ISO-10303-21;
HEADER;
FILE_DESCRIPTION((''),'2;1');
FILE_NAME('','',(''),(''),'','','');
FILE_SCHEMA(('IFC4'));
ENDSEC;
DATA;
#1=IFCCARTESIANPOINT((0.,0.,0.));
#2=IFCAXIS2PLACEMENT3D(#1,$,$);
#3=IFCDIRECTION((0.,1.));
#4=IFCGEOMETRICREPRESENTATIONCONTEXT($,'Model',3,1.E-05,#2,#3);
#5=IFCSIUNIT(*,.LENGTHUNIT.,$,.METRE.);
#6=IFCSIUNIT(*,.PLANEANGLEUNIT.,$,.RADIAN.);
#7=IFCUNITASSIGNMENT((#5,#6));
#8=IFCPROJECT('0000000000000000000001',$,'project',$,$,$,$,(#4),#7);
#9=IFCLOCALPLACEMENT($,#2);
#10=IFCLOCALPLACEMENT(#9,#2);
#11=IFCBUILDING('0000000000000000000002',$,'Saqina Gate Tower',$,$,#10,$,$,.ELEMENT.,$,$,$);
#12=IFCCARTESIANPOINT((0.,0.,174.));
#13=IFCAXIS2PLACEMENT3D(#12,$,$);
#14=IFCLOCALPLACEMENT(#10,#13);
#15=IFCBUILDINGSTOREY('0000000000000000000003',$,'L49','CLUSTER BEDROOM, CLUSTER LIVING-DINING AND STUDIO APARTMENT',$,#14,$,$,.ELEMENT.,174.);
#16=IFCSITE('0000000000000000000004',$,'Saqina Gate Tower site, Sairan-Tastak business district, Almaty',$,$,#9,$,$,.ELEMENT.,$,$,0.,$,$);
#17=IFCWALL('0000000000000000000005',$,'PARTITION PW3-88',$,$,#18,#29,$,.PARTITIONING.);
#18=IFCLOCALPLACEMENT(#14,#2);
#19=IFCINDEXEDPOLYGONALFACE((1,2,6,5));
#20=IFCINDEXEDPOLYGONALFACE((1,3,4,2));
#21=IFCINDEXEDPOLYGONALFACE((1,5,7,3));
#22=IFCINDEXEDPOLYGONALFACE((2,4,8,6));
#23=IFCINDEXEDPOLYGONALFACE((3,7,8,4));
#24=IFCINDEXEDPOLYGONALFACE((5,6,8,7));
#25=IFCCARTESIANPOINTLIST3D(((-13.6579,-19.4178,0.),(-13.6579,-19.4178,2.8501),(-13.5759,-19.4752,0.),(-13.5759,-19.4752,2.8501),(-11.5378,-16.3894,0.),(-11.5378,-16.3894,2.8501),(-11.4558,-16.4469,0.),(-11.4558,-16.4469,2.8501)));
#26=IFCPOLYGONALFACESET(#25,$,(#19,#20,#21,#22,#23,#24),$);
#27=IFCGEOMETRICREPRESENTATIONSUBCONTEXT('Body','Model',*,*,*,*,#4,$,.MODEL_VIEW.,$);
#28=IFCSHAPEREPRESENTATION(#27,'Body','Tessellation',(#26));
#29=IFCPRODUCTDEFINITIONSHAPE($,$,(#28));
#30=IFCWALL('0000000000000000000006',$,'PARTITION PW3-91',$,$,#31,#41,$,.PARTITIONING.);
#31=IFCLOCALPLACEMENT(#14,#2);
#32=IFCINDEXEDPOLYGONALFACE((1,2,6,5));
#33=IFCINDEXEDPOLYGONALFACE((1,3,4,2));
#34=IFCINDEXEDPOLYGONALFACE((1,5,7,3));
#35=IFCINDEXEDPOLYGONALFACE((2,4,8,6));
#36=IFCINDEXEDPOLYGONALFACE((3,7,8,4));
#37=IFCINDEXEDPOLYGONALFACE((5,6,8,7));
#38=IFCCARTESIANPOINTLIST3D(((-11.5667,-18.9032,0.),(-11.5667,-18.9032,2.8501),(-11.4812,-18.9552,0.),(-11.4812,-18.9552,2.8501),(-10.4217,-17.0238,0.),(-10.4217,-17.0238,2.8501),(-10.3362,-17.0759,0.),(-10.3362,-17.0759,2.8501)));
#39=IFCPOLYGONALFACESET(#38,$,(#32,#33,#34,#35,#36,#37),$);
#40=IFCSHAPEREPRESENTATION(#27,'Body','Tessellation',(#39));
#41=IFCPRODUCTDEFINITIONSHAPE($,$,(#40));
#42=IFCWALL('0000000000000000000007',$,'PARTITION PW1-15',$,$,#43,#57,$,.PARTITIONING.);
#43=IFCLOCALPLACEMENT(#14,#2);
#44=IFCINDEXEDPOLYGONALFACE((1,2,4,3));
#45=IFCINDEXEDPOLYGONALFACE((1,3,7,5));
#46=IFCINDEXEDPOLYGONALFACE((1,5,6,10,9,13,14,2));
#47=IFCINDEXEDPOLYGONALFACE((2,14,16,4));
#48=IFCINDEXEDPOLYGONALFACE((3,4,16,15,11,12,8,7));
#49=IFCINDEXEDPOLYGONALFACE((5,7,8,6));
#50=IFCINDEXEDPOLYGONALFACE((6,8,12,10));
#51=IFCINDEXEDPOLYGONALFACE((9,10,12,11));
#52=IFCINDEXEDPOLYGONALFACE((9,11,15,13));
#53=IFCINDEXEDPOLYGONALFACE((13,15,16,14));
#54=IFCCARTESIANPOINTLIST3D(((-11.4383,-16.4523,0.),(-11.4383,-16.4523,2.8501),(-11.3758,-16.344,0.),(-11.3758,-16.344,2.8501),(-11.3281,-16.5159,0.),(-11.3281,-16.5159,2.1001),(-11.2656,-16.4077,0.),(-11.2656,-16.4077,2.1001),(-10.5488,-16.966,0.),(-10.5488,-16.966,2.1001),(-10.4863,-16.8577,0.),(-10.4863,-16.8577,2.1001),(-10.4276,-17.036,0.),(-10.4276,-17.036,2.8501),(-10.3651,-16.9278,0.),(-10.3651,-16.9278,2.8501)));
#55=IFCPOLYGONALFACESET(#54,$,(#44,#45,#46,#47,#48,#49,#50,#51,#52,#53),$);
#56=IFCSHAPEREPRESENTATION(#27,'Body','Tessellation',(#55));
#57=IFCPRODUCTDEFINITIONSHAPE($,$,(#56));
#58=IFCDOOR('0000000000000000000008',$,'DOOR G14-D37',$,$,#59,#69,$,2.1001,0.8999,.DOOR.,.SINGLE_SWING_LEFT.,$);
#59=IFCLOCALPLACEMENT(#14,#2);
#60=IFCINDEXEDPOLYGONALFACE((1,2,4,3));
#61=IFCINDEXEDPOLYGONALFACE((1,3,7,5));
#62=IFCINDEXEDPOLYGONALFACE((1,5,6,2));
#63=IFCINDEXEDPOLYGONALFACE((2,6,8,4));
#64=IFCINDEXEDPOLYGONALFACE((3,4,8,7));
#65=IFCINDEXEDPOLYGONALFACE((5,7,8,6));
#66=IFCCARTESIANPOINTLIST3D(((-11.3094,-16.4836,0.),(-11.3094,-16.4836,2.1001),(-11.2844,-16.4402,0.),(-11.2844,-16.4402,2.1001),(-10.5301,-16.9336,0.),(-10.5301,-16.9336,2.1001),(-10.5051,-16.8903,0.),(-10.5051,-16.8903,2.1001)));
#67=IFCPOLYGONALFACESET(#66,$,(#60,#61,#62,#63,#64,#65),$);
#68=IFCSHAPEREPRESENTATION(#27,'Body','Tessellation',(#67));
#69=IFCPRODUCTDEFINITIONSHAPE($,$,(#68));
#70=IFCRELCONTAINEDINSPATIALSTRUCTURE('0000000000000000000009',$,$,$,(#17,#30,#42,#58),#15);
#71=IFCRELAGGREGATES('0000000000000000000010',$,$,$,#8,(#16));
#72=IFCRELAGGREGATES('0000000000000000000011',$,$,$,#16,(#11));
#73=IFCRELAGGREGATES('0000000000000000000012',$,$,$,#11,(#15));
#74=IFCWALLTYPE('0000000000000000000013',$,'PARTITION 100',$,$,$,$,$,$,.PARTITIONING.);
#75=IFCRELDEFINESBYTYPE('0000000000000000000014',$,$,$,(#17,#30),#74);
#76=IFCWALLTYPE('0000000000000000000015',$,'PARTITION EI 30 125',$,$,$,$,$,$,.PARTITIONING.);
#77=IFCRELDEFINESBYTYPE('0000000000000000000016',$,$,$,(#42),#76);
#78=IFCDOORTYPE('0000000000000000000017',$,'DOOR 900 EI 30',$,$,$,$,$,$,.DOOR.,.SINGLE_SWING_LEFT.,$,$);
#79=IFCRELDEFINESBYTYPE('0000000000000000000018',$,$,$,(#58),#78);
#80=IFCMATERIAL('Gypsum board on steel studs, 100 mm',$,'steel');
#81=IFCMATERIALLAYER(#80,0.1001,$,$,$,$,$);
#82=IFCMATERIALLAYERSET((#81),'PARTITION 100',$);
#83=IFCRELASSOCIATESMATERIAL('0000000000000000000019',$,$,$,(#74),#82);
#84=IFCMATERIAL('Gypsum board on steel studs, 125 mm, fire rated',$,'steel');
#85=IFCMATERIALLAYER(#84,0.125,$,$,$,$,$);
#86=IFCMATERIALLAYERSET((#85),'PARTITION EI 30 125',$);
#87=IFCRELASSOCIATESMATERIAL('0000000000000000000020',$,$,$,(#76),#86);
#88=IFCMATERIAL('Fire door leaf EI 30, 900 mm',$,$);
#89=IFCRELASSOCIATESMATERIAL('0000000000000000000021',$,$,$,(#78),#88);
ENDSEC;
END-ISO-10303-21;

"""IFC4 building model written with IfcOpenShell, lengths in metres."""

from ifc_helpers import new_model, si_unit, direction, frame, frame_2d, origin, place, context, subcontext, project, spatial, rectangle, extrude, material, layer, layer_set, type_object, element, fill, save


model = new_model("IFC4")

# Units and contexts
model_context = context("Model", 3, precision=1e-05, world=origin(), true_north=direction((0.0, 1.0)))
body_context = subcontext(model_context, "Body", "Model", "MODEL_VIEW")
ifc_project = project(units=[si_unit("LENGTHUNIT", "METRE"), si_unit("PLANEANGLEUNIT", "RADIAN")], contexts=[model_context])

# Site, building, storey
site_placement = place(None, origin())
site = spatial("IfcSite", under=ifc_project, at=site_placement, Name="Saqina Gate Tower site, Sairan-Tastak business district, Almaty", CompositionType="ELEMENT", RefElevation=0.0)
building_placement = place(site_placement, origin())
building = spatial("IfcBuilding", under=site, at=building_placement, Name="Saqina Gate Tower", CompositionType="ELEMENT")
storey_placement = place(building_placement, frame((0.0, 0.0, 174.0)))
storey = spatial("IfcBuildingStorey", under=building, at=storey_placement, Name="L49", Description="CLUSTER BEDROOM, CLUSTER LIVING-DINING AND STUDIO APARTMENT", CompositionType="ELEMENT", Elevation=174.0)

# Shared definitions
ifc_material_1 = material(Name="Gypsum board on steel studs, 100 mm", Category="steel")
ifc_layer_1 = layer(ifc_material_1, 0.1001)
ifc_layer_set_1 = layer_set([ifc_layer_1], Name="PARTITION 100")
wall_type_1 = type_object("IfcWallType", Name="PARTITION 100", PredefinedType="PARTITIONING", material=ifc_layer_set_1)

# Walls
wall_1_placement = place(storey_placement, frame((-13.6169, -19.4465, 0.0), z_axis=(0.0, 0.0, 1.0), x_axis=(0.573516, 0.819195, 0.0)))
element("IfcWall", 1, at=wall_1_placement, inside=storey, type_object=wall_type_1, Name="PARTITION PW3-88", PredefinedType="PARTITIONING", context=body_context, shape_type="SweptSolid", body=[
    extrude(rectangle(XDim=3.6968, YDim=0.1001, at=frame_2d((1.8484, 0.0))), origin(), (0.0, 0.0, 1.0), 2.8501),
])
wall_2_placement = place(storey_placement, frame((-11.5239, -18.9292, 0.0), z_axis=(0.0, 0.0, 1.0), x_axis=(0.520292, 0.853989, 0.0)))
element("IfcWall", 2, at=wall_2_placement, inside=storey, type_object=wall_type_1, Name="PARTITION PW3-91", PredefinedType="PARTITIONING", context=body_context, shape_type="SweptSolid", body=[
    extrude(rectangle(XDim=2.2007, YDim=0.1001, at=frame_2d((1.1003, 0.0))), origin(), (0.0, 0.0, 1.0), 2.8501),
])

# Wall, opening, door
ifc_material_2 = material(Name="Gypsum board on steel studs, 125 mm, fire rated", Category="steel")
ifc_layer_2 = layer(ifc_material_2, 0.125)
ifc_layer_set_2 = layer_set([ifc_layer_2], Name="PARTITION EI 30 125")
wall_type_2 = type_object("IfcWallType", Name="PARTITION EI 30 125", PredefinedType="PARTITIONING", material=ifc_layer_set_2)
wall_3_placement = place(storey_placement, frame((-11.407, -16.3982, 0.0), z_axis=(0.0, 0.0, 1.0), x_axis=(0.865956, -0.500121, 0.0)))
wall_3 = element("IfcWall", 3, at=wall_3_placement, inside=storey, type_object=wall_type_2, Name="PARTITION PW1-15", PredefinedType="PARTITIONING", context=body_context, shape_type="SweptSolid", body=[
    extrude(rectangle(XDim=1.1672, YDim=0.125, at=frame_2d((0.5835, 0.0))), origin(), (0.0, 0.0, 1.0), 2.8501),
])
opening_1_placement = place(wall_3_placement, frame((0.1272, 0.0, 0.0)))
opening_1 = element("IfcOpeningElement", 4, at=opening_1_placement, cuts=wall_3, PredefinedType="OPENING", context=body_context, shape_type="SweptSolid", body=[
    extrude(rectangle(XDim=0.8999, YDim=2.1001, at=frame_2d((0.45, 1.05))), frame((0.0, 0.0745, 0.0), z_axis=(0.0, -1.0, 0.0), x_axis=(1.0, 0.0, 0.0)), (0.0, 0.0, 1.0), 0.1489),
])
ifc_material_3 = material(Name="Fire door leaf EI 30, 900 mm")
door_type_1 = type_object("IfcDoorType", Name="DOOR 900 EI 30", OperationType="SINGLE_SWING_LEFT", PredefinedType="DOOR", material=ifc_material_3)
door_1_placement = place(opening_1_placement, origin())
door_1 = element("IfcDoor", 5, at=door_1_placement, inside=storey, type_object=door_type_1, Name="DOOR G14-D37", OperationType="SINGLE_SWING_LEFT", OverallHeight=2.1001, OverallWidth=0.8999, PredefinedType="DOOR", context=body_context, shape_type="SweptSolid", body=[
    extrude(rectangle(XDim=0.8999, YDim=2.1001, at=frame_2d((0.45, 1.05))), frame((0.0, 0.0249, 0.0), z_axis=(0.0, -1.0, 0.0), x_axis=(1.0, 0.0, 0.0)), (0.0, 0.0, 1.0), 0.05),
])
fill(opening_1, door_1)

save(model, "model.ifc")
